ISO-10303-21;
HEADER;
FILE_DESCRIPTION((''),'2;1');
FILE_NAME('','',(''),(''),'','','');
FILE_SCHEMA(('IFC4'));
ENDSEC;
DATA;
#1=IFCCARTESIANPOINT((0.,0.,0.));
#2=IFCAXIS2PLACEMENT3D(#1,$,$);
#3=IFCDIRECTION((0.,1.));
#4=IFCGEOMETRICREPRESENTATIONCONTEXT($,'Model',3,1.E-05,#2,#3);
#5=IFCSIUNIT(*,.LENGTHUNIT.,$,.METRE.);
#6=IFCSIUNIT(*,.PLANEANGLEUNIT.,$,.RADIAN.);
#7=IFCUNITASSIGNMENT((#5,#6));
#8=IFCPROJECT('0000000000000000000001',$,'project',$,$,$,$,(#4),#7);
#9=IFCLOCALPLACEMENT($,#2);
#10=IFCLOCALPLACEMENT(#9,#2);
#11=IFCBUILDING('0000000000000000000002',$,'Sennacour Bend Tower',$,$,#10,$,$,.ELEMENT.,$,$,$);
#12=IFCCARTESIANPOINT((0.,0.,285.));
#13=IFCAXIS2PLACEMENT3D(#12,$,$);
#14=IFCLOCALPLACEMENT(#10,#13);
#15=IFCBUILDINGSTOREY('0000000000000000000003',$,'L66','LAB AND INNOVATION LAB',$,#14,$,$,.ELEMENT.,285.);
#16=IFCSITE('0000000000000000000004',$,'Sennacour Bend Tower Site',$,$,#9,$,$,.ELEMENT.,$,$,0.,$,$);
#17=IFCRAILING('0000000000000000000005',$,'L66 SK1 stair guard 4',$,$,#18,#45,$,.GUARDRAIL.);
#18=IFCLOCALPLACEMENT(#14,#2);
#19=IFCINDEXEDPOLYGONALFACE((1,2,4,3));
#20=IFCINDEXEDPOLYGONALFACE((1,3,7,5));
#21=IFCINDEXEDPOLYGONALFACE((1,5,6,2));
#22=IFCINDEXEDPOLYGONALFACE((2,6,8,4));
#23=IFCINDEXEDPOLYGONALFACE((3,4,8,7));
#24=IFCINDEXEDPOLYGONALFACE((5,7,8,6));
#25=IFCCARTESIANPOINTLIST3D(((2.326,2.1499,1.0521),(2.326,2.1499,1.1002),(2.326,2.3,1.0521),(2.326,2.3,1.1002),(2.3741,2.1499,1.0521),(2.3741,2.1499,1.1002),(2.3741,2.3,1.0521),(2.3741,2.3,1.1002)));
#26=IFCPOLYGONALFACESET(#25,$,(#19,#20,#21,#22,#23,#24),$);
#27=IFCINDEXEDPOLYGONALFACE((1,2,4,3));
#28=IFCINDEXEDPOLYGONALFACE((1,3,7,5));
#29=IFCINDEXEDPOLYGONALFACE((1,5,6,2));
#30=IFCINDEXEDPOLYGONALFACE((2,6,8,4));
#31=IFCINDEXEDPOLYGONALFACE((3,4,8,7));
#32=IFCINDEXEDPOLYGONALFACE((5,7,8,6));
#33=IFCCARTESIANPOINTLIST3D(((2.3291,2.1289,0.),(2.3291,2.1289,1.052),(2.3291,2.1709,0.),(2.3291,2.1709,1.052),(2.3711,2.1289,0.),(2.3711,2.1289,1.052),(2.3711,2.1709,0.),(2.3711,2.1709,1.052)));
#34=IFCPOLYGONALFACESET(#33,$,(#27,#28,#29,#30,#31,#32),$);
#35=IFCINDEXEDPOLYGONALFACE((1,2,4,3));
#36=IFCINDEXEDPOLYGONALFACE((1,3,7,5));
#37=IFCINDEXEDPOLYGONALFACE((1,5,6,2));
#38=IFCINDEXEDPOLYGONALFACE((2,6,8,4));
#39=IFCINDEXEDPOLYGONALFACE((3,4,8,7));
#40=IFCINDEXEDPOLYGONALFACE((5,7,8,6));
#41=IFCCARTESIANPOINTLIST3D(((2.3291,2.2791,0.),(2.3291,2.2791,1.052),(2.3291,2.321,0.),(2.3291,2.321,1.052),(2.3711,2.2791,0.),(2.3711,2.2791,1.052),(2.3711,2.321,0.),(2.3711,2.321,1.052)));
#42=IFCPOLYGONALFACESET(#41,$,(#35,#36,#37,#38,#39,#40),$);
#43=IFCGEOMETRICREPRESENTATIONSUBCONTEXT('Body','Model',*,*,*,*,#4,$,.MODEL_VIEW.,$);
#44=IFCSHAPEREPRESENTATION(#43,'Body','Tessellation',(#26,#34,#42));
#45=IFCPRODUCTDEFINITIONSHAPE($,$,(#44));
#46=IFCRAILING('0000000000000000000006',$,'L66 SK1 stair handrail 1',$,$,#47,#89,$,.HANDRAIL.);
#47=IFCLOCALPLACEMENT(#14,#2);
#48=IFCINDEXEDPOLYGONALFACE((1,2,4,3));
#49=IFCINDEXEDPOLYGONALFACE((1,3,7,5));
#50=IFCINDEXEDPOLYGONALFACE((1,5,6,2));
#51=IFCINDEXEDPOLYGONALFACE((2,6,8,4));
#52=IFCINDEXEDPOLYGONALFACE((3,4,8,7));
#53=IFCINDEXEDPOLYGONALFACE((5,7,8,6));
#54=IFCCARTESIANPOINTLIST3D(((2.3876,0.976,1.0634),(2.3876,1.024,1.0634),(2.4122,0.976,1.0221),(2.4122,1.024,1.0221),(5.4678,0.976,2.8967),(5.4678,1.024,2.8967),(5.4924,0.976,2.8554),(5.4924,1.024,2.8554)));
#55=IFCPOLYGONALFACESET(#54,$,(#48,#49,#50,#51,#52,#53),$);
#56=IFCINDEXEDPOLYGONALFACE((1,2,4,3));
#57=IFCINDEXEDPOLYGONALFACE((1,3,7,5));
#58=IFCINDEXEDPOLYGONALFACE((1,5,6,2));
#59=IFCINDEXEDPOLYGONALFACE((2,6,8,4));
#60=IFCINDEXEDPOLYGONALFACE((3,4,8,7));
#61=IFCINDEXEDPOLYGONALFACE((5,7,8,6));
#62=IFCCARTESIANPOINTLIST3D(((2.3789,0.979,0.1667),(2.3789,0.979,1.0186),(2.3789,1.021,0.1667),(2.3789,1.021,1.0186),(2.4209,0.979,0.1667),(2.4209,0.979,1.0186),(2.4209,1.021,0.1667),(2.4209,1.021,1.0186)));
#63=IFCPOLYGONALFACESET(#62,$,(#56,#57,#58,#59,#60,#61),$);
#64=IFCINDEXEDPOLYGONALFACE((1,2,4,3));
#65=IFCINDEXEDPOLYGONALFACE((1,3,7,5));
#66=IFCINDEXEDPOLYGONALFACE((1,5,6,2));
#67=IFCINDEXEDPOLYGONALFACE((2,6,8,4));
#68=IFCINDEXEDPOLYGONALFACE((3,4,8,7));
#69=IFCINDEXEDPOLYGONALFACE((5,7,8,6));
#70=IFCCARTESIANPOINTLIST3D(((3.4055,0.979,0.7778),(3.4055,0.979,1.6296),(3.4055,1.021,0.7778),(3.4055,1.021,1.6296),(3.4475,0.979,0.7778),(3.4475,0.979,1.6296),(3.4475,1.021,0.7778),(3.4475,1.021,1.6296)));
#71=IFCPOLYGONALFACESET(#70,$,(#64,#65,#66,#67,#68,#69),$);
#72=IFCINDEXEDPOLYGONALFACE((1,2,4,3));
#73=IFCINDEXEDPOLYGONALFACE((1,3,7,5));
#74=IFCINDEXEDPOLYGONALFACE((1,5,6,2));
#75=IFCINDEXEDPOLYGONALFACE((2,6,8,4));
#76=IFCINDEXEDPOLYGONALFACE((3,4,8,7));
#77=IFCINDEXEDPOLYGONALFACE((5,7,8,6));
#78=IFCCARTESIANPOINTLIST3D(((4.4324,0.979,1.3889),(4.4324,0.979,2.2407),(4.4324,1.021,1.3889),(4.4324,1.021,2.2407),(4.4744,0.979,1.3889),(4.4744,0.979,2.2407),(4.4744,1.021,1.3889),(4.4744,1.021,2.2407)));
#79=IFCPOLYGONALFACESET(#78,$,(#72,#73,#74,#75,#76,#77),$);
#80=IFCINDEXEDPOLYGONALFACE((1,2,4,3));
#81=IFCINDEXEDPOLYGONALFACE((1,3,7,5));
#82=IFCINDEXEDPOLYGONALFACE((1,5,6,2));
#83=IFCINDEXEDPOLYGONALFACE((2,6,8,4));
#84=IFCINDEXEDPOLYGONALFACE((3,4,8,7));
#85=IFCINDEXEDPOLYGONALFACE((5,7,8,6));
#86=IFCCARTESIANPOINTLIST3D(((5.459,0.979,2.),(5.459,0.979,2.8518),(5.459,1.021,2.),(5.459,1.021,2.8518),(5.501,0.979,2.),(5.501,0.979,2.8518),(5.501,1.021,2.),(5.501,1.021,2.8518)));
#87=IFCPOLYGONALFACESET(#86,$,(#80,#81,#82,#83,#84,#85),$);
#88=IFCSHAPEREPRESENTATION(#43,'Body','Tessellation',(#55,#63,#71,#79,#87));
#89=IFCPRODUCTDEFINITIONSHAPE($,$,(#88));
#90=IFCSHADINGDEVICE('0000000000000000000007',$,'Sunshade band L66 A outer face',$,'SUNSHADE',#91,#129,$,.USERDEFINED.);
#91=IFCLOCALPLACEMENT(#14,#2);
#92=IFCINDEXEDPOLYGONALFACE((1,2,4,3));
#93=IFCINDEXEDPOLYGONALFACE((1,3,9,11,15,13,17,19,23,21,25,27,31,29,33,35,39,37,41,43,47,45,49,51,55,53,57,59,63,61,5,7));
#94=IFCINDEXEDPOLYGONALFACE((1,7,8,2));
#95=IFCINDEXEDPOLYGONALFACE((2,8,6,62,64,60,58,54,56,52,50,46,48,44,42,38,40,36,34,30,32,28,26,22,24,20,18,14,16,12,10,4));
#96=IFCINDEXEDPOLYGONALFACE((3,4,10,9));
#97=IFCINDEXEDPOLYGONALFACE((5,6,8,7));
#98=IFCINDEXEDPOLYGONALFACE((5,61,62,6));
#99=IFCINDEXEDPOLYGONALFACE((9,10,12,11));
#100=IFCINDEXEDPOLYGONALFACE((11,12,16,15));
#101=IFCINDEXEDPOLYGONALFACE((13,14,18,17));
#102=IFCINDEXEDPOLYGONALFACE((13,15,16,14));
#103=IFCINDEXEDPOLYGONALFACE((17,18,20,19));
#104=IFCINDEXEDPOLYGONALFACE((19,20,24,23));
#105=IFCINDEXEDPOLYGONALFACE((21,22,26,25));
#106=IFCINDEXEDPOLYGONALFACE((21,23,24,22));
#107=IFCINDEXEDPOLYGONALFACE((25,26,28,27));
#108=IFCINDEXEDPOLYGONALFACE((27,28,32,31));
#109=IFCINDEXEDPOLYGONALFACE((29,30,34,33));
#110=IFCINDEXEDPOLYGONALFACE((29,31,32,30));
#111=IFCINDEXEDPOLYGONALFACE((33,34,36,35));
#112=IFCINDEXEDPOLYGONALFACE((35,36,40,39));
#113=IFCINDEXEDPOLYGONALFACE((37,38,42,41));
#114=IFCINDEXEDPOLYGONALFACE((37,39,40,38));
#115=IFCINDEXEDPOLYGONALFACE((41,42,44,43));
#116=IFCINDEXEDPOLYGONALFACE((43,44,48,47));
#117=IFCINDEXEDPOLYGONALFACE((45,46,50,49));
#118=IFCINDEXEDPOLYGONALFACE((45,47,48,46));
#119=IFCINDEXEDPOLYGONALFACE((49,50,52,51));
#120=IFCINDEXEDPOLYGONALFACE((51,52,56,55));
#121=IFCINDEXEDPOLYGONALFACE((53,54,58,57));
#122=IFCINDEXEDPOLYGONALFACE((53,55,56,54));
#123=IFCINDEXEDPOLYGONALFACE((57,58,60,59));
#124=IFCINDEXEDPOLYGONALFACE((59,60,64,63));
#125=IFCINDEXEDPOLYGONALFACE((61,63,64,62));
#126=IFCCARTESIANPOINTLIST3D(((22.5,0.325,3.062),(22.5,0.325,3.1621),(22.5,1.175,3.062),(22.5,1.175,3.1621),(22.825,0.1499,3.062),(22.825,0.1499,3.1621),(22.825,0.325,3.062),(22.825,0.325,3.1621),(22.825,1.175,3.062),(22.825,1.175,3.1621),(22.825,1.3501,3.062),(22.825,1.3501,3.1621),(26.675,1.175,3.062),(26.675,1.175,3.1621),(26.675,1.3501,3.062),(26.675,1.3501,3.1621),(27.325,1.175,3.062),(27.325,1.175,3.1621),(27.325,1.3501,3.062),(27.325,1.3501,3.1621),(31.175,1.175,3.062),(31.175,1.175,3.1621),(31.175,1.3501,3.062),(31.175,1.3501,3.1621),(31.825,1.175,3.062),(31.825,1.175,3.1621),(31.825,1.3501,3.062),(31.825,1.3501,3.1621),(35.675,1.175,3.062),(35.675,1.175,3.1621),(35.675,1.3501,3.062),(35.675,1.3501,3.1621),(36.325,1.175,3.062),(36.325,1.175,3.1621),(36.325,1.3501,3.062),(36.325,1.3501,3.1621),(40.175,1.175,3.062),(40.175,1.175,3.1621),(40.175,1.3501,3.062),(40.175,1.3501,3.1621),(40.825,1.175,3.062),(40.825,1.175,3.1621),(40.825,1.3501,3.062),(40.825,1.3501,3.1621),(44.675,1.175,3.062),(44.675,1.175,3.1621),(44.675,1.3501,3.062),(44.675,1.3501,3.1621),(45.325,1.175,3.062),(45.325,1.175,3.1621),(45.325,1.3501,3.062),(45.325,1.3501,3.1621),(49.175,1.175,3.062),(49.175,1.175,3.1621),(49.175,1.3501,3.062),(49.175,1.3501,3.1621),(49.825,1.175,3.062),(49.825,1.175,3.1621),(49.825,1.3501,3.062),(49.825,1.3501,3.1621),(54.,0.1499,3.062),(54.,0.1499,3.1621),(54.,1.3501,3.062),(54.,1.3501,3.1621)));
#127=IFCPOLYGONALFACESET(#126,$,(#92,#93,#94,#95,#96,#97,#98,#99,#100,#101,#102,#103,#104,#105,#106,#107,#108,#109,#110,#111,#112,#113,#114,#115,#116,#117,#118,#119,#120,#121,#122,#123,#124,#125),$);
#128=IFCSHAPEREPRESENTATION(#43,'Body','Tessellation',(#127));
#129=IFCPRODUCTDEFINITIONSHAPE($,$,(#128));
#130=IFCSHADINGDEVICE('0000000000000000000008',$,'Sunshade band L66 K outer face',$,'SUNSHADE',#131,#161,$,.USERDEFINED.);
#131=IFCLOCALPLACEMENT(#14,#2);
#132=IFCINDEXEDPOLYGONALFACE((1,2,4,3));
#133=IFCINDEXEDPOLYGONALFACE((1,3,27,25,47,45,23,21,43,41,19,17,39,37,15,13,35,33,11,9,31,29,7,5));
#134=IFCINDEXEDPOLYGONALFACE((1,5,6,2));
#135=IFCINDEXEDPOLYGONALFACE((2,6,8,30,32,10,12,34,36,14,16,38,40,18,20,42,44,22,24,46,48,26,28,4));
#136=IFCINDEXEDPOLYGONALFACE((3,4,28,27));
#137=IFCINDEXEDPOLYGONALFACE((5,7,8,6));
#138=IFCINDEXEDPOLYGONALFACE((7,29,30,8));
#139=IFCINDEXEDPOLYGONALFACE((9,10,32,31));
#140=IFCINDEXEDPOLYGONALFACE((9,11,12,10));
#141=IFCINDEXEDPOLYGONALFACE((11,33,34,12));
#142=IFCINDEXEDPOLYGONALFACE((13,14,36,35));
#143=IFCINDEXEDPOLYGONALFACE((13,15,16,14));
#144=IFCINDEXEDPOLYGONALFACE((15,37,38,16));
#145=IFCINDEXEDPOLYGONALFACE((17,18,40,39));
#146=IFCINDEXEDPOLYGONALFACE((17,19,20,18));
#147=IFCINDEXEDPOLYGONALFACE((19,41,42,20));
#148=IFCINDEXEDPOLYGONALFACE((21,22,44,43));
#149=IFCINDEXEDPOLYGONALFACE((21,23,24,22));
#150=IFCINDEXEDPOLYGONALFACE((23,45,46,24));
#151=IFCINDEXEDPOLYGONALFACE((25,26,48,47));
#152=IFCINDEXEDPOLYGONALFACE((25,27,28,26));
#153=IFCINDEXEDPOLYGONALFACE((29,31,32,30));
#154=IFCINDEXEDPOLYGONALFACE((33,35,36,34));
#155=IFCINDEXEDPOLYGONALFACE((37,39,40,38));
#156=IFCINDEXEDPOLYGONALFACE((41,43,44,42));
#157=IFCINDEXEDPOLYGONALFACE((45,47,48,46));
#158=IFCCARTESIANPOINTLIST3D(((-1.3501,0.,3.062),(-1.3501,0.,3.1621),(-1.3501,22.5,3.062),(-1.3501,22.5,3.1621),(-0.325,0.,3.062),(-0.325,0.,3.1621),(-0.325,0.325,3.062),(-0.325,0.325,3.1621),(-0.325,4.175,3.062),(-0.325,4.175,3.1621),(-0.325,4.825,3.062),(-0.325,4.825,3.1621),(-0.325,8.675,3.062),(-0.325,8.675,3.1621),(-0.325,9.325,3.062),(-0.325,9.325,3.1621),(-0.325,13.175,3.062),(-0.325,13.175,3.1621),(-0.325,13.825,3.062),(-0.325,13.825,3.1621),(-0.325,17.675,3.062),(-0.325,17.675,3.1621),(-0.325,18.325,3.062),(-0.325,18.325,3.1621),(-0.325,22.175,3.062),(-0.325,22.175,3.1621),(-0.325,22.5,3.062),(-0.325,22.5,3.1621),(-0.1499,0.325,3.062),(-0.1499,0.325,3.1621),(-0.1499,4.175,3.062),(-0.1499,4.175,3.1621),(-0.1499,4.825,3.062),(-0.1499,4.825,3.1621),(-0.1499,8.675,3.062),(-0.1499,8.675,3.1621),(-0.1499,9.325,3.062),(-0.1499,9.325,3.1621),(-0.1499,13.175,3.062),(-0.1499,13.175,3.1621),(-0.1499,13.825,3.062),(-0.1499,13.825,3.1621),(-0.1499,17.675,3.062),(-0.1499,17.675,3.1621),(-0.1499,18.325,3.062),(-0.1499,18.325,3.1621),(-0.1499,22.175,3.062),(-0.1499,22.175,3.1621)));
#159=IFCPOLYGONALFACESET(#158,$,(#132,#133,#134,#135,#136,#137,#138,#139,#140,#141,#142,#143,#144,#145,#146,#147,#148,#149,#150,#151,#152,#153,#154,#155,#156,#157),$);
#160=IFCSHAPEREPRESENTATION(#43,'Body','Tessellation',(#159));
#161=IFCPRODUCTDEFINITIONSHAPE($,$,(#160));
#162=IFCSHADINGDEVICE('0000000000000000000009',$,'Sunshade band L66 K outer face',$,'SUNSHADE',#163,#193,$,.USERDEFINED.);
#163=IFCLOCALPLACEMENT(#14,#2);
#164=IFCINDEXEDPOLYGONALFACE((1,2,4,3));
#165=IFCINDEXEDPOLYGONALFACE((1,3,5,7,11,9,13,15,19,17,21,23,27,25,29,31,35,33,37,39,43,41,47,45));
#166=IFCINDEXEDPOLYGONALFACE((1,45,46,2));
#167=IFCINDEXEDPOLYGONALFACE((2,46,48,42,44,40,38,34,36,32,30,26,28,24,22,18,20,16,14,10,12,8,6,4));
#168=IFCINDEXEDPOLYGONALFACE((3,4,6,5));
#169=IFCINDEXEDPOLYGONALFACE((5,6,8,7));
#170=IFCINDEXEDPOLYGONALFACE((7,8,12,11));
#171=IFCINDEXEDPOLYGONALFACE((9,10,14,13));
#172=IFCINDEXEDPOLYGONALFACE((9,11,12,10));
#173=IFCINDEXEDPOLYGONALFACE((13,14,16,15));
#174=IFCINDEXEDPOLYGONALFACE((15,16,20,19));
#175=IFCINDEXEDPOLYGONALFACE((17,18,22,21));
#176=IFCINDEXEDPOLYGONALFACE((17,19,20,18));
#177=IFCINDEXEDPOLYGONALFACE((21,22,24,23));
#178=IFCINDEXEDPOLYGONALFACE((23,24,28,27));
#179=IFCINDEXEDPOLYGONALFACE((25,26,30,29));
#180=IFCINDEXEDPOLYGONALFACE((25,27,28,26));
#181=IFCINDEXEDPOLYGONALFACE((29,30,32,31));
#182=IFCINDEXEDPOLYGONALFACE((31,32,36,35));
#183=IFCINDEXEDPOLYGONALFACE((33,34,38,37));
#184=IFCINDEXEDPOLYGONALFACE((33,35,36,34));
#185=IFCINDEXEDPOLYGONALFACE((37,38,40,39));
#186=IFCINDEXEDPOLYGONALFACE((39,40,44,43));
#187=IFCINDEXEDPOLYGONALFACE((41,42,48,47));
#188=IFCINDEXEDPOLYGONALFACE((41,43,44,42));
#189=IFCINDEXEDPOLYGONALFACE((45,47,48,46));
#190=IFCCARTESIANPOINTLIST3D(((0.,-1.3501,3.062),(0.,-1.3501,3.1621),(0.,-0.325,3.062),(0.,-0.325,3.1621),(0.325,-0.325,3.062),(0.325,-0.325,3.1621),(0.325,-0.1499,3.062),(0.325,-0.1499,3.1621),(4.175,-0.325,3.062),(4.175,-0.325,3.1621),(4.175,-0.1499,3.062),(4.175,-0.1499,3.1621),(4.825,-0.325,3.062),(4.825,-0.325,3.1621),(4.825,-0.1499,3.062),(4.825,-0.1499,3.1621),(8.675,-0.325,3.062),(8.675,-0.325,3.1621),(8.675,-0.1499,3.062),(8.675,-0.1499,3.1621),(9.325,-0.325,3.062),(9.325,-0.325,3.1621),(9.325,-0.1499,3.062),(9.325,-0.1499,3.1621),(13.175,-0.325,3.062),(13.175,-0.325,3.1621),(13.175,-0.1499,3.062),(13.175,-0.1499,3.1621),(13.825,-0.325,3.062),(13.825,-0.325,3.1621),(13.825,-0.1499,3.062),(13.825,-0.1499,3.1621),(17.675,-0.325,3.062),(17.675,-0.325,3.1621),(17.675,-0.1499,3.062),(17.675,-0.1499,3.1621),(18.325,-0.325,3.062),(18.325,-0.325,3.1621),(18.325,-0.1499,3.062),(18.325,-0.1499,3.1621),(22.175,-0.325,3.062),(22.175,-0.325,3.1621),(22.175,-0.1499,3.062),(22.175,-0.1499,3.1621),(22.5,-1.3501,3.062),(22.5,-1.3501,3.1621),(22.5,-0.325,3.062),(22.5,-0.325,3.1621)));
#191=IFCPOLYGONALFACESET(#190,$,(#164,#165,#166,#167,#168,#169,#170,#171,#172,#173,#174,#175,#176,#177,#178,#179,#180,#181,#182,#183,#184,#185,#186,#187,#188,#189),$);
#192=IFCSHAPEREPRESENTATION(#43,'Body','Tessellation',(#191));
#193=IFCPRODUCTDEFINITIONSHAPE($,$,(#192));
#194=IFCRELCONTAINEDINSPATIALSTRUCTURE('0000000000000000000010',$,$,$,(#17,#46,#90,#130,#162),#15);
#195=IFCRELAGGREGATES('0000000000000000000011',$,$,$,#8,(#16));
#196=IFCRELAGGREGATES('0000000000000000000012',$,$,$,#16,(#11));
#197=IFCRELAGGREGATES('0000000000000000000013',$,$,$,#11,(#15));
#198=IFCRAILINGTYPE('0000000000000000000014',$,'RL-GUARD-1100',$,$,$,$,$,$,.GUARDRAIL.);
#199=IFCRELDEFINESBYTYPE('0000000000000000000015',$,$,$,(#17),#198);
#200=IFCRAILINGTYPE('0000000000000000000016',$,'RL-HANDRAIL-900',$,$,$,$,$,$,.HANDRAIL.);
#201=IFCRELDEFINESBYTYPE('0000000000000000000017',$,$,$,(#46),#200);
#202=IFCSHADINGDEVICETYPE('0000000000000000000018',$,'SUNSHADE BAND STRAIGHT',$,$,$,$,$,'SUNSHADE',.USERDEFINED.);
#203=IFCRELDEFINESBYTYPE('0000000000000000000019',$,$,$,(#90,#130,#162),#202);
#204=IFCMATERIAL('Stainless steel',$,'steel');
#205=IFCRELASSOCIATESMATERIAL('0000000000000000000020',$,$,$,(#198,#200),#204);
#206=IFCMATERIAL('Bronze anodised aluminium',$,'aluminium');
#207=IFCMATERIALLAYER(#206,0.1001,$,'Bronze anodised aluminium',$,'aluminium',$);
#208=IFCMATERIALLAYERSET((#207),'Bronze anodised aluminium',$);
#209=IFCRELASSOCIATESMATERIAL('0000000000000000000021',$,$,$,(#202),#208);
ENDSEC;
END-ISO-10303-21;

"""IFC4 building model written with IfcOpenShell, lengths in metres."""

from ifc_helpers import new_model, si_unit, direction, frame, origin, origin_2d, place, context, subcontext, project, spatial, polyline, rectangle, outline, extrude, material, layer, layer_set, type_object, element, save


model = new_model("IFC4")

# Units and contexts
model_context = context("Model", 3, precision=1e-05, world=origin(), true_north=direction((0.0, 1.0)))
body_context = subcontext(model_context, "Body", "Model", "MODEL_VIEW")
ifc_project = project(units=[si_unit("LENGTHUNIT", "METRE"), si_unit("PLANEANGLEUNIT", "RADIAN")], contexts=[model_context])

# Site, building, storey
site_placement = place(None, origin())
site = spatial("IfcSite", under=ifc_project, at=site_placement, Name="Sennacour Bend Tower Site", CompositionType="ELEMENT", RefElevation=0.0)
building_placement = place(site_placement, origin())
building = spatial("IfcBuilding", under=site, at=building_placement, Name="Sennacour Bend Tower", CompositionType="ELEMENT")
storey_placement = place(building_placement, frame((0.0, 0.0, 285.0)))
storey = spatial("IfcBuildingStorey", under=building, at=storey_placement, Name="L66", Description="LAB AND INNOVATION LAB", CompositionType="ELEMENT", Elevation=285.0)

# Railings
ifc_material_1 = material(Name="Stainless steel", Category="steel")
railing_type_1 = type_object("IfcRailingType", Name="RL-GUARD-1100", PredefinedType="GUARDRAIL", material=ifc_material_1)
railing_1_placement = place(storey_placement, frame((2.3501, 2.1499, 0.0)))
element("IfcRailing", 1, at=railing_1_placement, inside=storey, type_object=railing_type_1, Name="L66 SK1 stair guard 4", PredefinedType="GUARDRAIL", context=body_context, shape_type="SweptSolid", body=[
    extrude(rectangle(XDim=0.0481, YDim=0.0481, at=origin_2d()), frame((0.0, 0.0, 1.0762), z_axis=(0.0, 1.0, 0.0), x_axis=(-1.0, 0.0, 0.0)), (0.0, 0.0, 1.0), 0.1501),
    extrude(rectangle(XDim=0.042, YDim=0.042, at=origin_2d()), origin(), (0.0, 0.0, 1.0), 1.052),
    extrude(rectangle(XDim=0.042, YDim=0.042, at=origin_2d()), frame((0.0, 0.1501, 0.0)), (0.0, 0.0, 1.0), 1.052),
])
railing_type_2 = type_object("IfcRailingType", Name="RL-HANDRAIL-900", PredefinedType="HANDRAIL", material=ifc_material_1)
railing_2_placement = place(storey_placement, frame((2.3999, 1.0, 0.1667)))
element("IfcRailing", 2, at=railing_2_placement, inside=storey, type_object=railing_type_2, Name="L66 SK1 stair handrail 1", PredefinedType="HANDRAIL", context=body_context, shape_type="SweptSolid", body=[
    extrude(rectangle(XDim=0.0481, YDim=0.0481, at=origin_2d()), frame((0.0, 0.0, 0.876), z_axis=(0.859309, 0.0, 0.511458), x_axis=(0.0, 1.0, 0.0)), (0.0, 0.0, 1.0), 3.5845),
    extrude(rectangle(XDim=0.042, YDim=0.042, at=origin_2d()), origin(), (0.0, 0.0, 1.0), 0.8518),
    extrude(rectangle(XDim=0.042, YDim=0.042, at=origin_2d()), frame((1.0266, 0.0, 0.6111)), (0.0, 0.0, 1.0), 0.8518),
    extrude(rectangle(XDim=0.042, YDim=0.042, at=origin_2d()), frame((2.0535, 0.0, 1.2222)), (0.0, 0.0, 1.0), 0.8518),
    extrude(rectangle(XDim=0.042, YDim=0.042, at=origin_2d()), frame((3.0801, 0.0, 1.8333)), (0.0, 0.0, 1.0), 0.8518),
])

# Shading devices
ifc_material_2 = material(Name="Bronze anodised aluminium", Category="aluminium")
ifc_layer_1 = layer(ifc_material_2, 0.1001, Name="Bronze anodised aluminium", Category="aluminium")
ifc_layer_set_1 = layer_set([ifc_layer_1], Name="Bronze anodised aluminium")
shading_device_type_1 = type_object("IfcShadingDeviceType", Name="SUNSHADE BAND STRAIGHT", ElementType="SUNSHADE", PredefinedType="USERDEFINED", material=ifc_layer_set_1)
shading_device_1_placement = place(storey_placement, frame((0.0, 0.0, 3.062)))
element("IfcShadingDevice", 3, at=shading_device_1_placement, inside=storey, type_object=shading_device_type_1, Name="Sunshade band L66 A outer face", ObjectType="SUNSHADE", PredefinedType="USERDEFINED", context=body_context, shape_type="SweptSolid", body=[
    extrude(outline(polyline([(26.675, 1.3501), (26.675, 1.175), (27.325, 1.175), (27.325, 1.3501), (31.175, 1.3501), (31.175, 1.175), (31.825, 1.175), (31.825, 1.3501), (35.675, 1.3501), (35.675, 1.175), (36.325, 1.175), (36.325, 1.3501), (40.175, 1.3501), (40.175, 1.175), (40.825, 1.175), (40.825, 1.3501), (44.675, 1.3501), (44.675, 1.175), (45.325, 1.175), (45.325, 1.3501), (49.175, 1.3501), (49.175, 1.175), (49.825, 1.175), (49.825, 1.3501), (54.0, 1.3501), (54.0, 0.1499), (22.825, 0.1499), (22.825, 0.325), (22.5, 0.325), (22.5, 1.175), (22.825, 1.175), (22.825, 1.3501), (26.675, 1.3501)])), origin(), (0.0, 0.0, 1.0), 0.1001),
])
shading_device_2_placement = place(storey_placement, frame((0.0, 0.0, 3.062)))
element("IfcShadingDevice", 4, at=shading_device_2_placement, inside=storey, type_object=shading_device_type_1, Name="Sunshade band L66 K outer face", ObjectType="SUNSHADE", PredefinedType="USERDEFINED", context=body_context, shape_type="SweptSolid", body=[
    extrude(outline(polyline([(-0.1499, 18.325), (-0.325, 18.325), (-0.325, 17.675), (-0.1499, 17.675), (-0.1499, 13.825), (-0.325, 13.825), (-0.325, 13.175), (-0.1499, 13.175), (-0.1499, 9.325), (-0.325, 9.325), (-0.325, 8.675), (-0.1499, 8.675), (-0.1499, 4.825), (-0.325, 4.825), (-0.325, 4.175), (-0.1499, 4.175), (-0.1499, 0.325), (-0.325, 0.325), (-0.325, 0.0), (-1.3501, 0.0), (-1.3501, 22.5), (-0.325, 22.5), (-0.325, 22.175), (-0.1499, 22.175), (-0.1499, 18.325)])), origin(), (0.0, 0.0, 1.0), 0.1001),
])
shading_device_3_placement = place(storey_placement, frame((0.0, 0.0, 3.062)))
element("IfcShadingDevice", 5, at=shading_device_3_placement, inside=storey, type_object=shading_device_type_1, Name="Sunshade band L66 K outer face", ObjectType="SUNSHADE", PredefinedType="USERDEFINED", context=body_context, shape_type="SweptSolid", body=[
    extrude(outline(polyline([(4.175, -0.1499), (4.175, -0.325), (4.825, -0.325), (4.825, -0.1499), (8.675, -0.1499), (8.675, -0.325), (9.325, -0.325), (9.325, -0.1499), (13.175, -0.1499), (13.175, -0.325), (13.825, -0.325), (13.825, -0.1499), (17.675, -0.1499), (17.675, -0.325), (18.325, -0.325), (18.325, -0.1499), (22.175, -0.1499), (22.175, -0.325), (22.5, -0.325), (22.5, -1.3501), (0.0, -1.3501), (0.0, -0.325), (0.325, -0.325), (0.325, -0.1499), (4.175, -0.1499)])), origin(), (0.0, 0.0, 1.0), 0.1001),
])

save(model, "model.ifc")
